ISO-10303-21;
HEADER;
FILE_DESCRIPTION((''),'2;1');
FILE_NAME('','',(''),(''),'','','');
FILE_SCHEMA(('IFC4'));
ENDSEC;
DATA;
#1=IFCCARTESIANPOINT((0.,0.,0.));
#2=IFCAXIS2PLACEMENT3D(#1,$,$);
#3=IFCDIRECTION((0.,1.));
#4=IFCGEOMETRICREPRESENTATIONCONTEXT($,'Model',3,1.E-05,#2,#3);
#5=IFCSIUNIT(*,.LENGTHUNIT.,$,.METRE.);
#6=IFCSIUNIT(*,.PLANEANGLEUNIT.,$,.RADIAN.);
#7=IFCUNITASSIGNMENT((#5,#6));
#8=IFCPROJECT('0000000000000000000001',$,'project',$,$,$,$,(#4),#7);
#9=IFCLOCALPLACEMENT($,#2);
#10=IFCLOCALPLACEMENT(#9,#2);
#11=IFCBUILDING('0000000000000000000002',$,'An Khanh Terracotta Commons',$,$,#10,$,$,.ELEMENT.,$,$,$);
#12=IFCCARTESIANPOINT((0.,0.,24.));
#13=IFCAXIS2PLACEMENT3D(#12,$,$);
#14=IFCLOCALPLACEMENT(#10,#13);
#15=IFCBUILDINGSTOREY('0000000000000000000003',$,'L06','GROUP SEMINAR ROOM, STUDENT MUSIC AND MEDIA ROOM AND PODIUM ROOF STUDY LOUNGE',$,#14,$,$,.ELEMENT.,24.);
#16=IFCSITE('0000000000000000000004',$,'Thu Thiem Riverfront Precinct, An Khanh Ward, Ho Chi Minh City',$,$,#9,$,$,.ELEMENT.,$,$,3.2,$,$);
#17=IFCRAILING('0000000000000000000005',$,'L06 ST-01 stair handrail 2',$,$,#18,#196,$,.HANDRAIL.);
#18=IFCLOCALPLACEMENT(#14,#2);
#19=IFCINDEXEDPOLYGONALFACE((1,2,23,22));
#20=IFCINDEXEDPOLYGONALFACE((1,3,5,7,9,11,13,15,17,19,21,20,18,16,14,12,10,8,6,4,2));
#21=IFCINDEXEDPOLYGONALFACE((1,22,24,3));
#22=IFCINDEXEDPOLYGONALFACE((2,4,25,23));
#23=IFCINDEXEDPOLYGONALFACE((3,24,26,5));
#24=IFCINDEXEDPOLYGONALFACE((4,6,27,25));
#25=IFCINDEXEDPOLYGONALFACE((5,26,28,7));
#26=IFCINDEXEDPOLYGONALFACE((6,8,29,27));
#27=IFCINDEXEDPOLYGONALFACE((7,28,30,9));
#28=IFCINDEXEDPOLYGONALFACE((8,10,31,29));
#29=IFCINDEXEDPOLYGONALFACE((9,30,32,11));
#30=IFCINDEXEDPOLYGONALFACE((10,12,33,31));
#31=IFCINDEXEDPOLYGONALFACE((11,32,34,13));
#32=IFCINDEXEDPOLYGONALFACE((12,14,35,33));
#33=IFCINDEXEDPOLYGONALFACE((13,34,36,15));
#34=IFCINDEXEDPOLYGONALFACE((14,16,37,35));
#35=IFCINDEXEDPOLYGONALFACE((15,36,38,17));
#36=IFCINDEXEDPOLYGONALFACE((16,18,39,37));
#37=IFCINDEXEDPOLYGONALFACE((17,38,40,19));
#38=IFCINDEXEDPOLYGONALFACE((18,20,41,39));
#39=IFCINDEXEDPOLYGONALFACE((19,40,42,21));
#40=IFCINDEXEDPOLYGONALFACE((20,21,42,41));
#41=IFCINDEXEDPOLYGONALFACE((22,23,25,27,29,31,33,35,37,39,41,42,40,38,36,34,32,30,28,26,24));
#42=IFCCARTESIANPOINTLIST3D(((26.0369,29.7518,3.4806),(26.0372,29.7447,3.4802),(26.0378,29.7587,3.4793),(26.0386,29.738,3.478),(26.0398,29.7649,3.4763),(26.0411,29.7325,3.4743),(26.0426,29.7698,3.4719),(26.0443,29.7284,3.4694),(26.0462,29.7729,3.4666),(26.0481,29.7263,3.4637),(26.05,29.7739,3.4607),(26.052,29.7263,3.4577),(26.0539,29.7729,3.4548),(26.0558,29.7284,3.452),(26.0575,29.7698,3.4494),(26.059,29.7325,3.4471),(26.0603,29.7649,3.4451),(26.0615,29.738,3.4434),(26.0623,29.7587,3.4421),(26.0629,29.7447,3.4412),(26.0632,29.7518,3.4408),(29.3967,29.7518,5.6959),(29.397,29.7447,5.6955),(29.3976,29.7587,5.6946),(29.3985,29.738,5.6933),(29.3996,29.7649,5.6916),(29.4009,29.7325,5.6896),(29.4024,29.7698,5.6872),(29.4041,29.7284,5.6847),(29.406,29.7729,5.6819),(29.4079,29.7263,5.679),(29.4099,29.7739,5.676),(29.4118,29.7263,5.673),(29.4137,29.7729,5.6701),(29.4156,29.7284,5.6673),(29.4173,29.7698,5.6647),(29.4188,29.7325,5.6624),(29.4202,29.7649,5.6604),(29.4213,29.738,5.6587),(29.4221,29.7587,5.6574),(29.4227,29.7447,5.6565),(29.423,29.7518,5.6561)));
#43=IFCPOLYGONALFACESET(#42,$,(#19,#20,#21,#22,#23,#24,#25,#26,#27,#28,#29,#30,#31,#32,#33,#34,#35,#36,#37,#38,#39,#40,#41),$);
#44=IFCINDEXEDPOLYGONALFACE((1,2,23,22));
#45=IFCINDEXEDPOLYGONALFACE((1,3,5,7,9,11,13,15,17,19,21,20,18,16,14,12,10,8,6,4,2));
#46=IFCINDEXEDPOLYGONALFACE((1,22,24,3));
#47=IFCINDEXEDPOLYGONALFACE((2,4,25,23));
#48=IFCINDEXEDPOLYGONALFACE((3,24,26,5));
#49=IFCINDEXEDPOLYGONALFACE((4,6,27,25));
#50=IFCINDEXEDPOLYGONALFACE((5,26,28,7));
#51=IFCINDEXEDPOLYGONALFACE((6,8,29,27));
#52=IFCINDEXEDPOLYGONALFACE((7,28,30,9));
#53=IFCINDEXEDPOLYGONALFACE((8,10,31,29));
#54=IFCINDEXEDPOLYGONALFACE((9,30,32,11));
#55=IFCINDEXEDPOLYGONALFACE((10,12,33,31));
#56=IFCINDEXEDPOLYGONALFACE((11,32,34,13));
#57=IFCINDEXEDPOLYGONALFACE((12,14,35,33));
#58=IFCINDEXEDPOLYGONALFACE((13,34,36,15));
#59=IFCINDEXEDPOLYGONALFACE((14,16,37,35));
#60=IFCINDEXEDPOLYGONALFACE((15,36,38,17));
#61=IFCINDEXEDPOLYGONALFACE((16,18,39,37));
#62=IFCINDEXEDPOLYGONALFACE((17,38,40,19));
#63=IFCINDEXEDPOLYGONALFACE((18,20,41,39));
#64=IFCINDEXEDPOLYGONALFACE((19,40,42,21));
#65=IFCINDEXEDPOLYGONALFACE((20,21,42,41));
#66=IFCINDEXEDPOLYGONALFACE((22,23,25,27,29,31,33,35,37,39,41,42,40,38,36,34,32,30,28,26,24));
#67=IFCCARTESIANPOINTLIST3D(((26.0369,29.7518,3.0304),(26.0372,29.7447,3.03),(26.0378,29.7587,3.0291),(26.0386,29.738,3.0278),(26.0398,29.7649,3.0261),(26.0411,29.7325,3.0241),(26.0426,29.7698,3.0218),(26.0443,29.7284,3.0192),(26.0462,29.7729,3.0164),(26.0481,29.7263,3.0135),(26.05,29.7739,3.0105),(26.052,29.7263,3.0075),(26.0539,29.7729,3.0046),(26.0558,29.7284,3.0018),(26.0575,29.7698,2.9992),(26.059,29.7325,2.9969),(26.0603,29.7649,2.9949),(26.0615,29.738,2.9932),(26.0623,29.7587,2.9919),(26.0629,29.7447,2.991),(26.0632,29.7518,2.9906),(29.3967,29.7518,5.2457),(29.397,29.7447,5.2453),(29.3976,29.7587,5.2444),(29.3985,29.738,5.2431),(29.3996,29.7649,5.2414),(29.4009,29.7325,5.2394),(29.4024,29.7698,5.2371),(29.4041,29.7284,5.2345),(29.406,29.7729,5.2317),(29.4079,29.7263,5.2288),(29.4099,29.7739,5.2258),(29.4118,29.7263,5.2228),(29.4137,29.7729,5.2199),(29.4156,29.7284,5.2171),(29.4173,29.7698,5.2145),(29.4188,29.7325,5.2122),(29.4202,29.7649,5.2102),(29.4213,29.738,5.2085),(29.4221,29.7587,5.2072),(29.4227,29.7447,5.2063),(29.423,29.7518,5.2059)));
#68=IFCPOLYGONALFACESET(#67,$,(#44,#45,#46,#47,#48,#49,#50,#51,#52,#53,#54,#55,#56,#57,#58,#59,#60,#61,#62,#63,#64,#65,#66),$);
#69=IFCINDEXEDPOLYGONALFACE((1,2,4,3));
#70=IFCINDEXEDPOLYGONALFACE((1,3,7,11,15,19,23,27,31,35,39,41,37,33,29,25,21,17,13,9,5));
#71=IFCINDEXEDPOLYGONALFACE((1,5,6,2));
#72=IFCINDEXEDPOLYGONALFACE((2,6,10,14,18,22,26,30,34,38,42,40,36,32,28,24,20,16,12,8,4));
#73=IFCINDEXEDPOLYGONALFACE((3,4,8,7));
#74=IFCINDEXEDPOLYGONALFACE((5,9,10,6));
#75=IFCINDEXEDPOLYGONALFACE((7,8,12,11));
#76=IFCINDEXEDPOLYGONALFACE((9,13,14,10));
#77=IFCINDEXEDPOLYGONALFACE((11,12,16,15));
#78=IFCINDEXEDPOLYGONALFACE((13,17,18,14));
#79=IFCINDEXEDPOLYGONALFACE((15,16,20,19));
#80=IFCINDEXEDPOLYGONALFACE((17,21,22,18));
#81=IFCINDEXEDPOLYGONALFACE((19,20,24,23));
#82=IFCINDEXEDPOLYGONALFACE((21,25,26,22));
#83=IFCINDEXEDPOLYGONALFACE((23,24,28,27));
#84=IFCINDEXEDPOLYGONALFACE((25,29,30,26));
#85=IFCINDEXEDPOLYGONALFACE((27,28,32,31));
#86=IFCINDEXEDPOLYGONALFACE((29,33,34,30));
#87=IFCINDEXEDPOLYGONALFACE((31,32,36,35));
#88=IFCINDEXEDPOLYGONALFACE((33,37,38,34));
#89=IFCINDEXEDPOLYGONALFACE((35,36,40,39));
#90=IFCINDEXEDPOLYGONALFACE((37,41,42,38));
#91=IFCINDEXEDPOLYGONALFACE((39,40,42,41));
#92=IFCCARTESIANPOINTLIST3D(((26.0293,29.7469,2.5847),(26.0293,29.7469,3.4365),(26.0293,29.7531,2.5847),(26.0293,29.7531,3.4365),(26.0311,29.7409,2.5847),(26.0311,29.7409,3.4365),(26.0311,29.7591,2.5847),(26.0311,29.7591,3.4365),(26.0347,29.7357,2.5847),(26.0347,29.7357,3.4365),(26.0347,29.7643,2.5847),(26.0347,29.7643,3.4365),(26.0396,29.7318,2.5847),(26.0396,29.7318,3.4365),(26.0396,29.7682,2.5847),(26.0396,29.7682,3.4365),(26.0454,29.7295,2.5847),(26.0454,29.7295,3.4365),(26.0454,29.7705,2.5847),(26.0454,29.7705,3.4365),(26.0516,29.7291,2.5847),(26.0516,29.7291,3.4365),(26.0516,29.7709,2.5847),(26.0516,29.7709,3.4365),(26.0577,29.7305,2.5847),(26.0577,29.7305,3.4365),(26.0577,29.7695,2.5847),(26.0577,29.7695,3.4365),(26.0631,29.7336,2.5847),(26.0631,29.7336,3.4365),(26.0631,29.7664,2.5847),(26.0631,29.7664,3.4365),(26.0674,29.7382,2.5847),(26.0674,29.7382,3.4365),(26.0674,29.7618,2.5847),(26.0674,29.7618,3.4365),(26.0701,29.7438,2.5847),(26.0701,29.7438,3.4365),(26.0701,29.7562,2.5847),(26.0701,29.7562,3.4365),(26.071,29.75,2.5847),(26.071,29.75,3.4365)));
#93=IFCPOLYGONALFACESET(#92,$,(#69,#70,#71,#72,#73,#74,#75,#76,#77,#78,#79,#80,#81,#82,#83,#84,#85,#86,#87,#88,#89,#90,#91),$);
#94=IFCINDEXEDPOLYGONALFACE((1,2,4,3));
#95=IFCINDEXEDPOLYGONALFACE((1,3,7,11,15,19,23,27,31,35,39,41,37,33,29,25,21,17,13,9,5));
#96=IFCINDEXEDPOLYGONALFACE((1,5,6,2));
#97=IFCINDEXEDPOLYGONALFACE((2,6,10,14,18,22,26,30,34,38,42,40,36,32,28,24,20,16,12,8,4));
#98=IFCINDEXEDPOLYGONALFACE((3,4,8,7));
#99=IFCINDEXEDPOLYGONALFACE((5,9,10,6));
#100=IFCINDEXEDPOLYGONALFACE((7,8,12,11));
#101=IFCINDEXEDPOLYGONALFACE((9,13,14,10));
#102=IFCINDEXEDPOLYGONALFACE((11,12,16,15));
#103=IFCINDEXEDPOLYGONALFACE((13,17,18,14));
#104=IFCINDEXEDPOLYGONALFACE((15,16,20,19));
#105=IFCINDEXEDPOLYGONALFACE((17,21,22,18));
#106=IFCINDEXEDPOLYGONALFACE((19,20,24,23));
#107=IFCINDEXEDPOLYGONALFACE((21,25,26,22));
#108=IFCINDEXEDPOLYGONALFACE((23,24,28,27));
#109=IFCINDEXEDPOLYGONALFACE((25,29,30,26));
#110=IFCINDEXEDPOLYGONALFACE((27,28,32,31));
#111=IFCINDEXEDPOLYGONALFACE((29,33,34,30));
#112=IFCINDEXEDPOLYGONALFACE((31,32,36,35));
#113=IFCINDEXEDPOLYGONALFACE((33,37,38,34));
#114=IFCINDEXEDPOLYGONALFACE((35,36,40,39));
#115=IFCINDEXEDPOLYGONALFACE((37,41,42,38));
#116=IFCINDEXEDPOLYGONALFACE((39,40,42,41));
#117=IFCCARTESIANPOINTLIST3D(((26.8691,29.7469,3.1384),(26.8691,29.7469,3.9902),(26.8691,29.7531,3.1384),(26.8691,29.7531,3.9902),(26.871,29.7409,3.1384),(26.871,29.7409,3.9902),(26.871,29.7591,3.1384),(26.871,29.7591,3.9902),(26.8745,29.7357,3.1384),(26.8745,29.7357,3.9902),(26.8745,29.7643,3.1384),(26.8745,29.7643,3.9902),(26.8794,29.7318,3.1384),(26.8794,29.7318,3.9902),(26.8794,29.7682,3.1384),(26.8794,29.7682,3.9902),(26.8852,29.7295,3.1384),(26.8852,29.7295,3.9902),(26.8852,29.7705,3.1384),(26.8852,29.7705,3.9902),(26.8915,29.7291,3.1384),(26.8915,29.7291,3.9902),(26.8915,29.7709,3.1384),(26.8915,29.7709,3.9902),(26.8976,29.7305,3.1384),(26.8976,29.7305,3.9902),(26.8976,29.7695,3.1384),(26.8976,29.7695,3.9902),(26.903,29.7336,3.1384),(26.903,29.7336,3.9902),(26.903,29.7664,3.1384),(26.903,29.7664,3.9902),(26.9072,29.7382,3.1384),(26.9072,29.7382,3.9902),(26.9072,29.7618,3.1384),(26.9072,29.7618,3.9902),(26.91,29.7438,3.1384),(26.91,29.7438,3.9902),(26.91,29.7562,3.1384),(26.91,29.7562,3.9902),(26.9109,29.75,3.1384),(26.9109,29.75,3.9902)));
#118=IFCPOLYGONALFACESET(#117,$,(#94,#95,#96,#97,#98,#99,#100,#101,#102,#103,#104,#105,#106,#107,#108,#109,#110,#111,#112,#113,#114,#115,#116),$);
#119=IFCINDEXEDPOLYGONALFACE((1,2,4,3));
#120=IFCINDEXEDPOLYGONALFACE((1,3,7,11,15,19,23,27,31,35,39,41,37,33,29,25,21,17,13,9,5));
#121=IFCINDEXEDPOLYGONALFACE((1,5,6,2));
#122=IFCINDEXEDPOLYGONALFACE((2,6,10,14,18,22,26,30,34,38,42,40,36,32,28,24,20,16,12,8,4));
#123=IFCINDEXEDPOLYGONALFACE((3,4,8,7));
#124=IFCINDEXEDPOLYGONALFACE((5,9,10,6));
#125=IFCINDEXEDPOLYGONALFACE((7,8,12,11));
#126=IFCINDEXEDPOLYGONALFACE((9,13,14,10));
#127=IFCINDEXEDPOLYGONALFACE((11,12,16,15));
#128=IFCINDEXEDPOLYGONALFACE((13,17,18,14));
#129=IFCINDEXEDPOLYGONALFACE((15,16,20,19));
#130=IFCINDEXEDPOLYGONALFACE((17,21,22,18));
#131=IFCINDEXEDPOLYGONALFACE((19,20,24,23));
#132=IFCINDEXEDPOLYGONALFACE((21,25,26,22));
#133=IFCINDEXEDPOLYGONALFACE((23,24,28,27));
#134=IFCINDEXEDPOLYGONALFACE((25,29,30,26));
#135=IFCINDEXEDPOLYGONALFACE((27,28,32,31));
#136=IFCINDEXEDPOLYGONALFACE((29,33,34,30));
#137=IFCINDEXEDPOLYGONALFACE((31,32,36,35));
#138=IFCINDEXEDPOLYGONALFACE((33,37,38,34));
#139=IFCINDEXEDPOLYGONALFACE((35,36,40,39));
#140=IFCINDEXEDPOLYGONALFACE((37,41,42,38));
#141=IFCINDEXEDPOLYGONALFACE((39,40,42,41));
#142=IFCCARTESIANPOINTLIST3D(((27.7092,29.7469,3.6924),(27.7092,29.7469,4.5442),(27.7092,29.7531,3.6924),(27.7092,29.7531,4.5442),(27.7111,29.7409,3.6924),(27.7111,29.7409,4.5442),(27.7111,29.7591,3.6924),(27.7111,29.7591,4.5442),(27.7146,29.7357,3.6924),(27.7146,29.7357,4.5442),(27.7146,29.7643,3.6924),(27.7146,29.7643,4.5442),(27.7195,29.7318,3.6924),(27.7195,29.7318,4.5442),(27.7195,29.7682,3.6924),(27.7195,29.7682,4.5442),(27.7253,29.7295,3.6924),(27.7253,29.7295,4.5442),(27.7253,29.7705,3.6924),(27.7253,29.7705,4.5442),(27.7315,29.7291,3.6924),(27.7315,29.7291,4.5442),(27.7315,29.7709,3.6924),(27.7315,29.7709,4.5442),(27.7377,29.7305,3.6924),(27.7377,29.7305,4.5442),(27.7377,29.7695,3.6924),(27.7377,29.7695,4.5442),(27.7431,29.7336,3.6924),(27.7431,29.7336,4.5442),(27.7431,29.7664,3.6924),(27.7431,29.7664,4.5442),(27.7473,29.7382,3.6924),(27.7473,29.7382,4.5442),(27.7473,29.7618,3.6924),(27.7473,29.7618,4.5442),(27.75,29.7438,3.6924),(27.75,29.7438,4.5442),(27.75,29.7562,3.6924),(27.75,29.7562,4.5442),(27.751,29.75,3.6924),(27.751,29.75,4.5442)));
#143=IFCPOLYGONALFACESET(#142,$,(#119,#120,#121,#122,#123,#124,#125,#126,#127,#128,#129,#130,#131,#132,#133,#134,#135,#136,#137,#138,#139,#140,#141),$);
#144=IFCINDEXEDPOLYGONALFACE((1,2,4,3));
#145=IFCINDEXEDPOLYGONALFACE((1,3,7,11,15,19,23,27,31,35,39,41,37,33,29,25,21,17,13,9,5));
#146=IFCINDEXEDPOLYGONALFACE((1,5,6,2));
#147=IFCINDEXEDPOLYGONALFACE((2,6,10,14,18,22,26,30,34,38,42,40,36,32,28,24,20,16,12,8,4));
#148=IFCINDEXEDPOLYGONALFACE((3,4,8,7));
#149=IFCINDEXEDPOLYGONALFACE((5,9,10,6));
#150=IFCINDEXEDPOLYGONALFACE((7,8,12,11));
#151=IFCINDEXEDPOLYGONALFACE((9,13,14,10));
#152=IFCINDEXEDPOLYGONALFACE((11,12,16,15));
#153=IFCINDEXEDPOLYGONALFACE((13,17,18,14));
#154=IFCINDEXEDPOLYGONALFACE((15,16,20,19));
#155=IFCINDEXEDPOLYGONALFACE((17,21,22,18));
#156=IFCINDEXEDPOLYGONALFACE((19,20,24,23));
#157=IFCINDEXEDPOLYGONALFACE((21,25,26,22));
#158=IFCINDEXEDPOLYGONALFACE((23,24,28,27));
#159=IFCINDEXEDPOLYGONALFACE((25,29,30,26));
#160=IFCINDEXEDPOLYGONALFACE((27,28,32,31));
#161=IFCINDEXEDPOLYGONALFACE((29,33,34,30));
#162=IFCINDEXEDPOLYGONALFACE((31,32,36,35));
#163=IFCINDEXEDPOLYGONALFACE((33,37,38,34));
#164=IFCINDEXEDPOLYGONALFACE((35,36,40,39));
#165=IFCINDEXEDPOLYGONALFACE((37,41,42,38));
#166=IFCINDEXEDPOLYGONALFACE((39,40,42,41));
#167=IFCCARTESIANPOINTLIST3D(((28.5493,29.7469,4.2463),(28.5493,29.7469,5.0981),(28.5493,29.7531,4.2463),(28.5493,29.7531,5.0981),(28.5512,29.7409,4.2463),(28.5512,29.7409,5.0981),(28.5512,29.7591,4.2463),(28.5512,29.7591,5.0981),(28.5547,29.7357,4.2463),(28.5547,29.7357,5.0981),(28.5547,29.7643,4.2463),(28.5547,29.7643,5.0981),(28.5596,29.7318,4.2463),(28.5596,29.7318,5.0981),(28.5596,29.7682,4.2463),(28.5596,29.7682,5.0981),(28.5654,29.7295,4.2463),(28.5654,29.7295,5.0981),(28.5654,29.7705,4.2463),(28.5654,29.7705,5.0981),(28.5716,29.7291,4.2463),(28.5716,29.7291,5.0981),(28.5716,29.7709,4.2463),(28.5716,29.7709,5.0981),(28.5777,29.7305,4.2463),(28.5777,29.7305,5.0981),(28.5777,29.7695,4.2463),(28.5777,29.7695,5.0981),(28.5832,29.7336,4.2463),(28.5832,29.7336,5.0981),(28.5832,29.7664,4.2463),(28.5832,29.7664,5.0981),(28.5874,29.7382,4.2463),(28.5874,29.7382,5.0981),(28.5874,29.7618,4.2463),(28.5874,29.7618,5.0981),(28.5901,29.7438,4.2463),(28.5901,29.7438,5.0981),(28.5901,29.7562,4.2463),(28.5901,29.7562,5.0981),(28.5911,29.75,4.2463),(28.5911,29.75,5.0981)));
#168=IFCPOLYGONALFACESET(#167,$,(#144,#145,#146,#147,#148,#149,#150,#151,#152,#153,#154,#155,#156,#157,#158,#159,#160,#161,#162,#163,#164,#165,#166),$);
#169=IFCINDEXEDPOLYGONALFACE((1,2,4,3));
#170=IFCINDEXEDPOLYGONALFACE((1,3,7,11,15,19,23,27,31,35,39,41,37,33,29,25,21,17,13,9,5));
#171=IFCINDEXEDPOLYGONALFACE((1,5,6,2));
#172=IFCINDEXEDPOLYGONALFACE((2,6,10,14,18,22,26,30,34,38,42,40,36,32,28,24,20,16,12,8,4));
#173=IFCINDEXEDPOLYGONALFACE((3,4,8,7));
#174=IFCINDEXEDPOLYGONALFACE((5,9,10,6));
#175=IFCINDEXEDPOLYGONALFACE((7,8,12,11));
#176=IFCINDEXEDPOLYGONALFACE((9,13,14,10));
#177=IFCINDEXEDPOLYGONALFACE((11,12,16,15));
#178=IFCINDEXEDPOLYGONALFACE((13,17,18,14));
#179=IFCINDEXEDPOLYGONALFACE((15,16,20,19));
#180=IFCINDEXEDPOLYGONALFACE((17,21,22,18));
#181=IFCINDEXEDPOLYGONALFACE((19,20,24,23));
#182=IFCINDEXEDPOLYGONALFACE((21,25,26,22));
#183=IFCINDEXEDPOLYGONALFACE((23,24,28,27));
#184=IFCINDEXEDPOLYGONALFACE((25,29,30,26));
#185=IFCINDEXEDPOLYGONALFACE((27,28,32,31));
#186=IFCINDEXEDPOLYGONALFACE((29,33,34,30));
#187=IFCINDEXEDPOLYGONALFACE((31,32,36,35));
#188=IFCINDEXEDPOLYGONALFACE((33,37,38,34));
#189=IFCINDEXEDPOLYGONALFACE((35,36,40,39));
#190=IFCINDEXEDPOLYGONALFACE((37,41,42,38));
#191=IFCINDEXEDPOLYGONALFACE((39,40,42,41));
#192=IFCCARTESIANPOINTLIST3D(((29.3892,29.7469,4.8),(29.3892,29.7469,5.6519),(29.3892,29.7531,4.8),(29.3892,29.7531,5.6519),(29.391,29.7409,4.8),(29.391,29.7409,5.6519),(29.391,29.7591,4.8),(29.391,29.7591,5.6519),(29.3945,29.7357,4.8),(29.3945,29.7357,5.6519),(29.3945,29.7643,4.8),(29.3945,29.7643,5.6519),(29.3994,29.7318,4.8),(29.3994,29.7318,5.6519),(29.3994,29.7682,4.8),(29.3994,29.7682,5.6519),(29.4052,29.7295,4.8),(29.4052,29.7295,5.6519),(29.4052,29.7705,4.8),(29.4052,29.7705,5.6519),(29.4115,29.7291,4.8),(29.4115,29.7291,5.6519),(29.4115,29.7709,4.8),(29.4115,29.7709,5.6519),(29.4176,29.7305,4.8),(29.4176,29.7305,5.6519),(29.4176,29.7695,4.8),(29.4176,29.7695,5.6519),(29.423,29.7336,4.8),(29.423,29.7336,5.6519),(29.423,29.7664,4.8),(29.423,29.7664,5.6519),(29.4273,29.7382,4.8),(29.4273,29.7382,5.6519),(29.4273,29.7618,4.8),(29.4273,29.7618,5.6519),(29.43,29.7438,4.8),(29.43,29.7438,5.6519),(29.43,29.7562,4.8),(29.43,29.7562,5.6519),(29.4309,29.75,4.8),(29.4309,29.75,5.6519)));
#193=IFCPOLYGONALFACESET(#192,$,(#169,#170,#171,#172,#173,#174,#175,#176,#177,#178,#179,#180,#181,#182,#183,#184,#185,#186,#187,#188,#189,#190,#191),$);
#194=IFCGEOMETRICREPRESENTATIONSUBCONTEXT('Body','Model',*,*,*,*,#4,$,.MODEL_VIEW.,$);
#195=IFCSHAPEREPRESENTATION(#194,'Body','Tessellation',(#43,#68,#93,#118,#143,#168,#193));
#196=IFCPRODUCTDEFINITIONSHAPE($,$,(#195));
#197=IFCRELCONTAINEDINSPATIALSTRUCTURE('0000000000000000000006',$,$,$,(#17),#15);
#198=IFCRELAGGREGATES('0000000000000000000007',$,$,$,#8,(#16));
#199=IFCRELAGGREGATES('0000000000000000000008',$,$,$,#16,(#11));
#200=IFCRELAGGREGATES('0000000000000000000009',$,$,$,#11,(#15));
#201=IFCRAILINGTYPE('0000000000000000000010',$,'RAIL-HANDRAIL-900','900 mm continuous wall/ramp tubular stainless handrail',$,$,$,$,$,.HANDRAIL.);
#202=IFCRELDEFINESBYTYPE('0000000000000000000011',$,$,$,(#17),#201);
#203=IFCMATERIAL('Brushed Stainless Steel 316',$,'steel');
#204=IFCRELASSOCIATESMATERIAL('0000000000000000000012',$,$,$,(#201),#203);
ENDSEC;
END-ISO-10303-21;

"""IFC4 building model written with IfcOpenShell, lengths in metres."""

from ifc_helpers import new_model, si_unit, direction, frame, origin, origin_2d, place, context, subcontext, project, spatial, circle, extrude, material, type_object, element, save


model = new_model("IFC4")

# Units and contexts
model_context = context("Model", 3, precision=1e-05, world=origin(), true_north=direction((0.0, 1.0)))
body_context = subcontext(model_context, "Body", "Model", "MODEL_VIEW")
ifc_project = project(units=[si_unit("LENGTHUNIT", "METRE"), si_unit("PLANEANGLEUNIT", "RADIAN")], contexts=[model_context])

# Site, building, storey
site_placement = place(None, origin())
site = spatial("IfcSite", under=ifc_project, at=site_placement, Name="Thu Thiem Riverfront Precinct, An Khanh Ward, Ho Chi Minh City", CompositionType="ELEMENT", RefElevation=3.2)
building_placement = place(site_placement, origin())
building = spatial("IfcBuilding", under=site, at=building_placement, Name="An Khanh Terracotta Commons", CompositionType="ELEMENT")
storey_placement = place(building_placement, frame((0.0, 0.0, 24.0)))
storey = spatial("IfcBuildingStorey", under=building, at=storey_placement, Name="L06", Description="GROUP SEMINAR ROOM, STUDENT MUSIC AND MEDIA ROOM AND PODIUM ROOF STUDY LOUNGE", CompositionType="ELEMENT", Elevation=24.0)

# Railing
ifc_material_1 = material(Name="Brushed Stainless Steel 316", Category="steel")
railing_type_1 = type_object("IfcRailingType", Name="RAIL-HANDRAIL-900", Description="900 mm continuous wall/ramp tubular stainless handrail", PredefinedType="HANDRAIL", material=ifc_material_1)
railing_1_placement = place(storey_placement, frame((26.05, 29.75, 2.5847)))
element("IfcRailing", 1, at=railing_1_placement, inside=storey, type_object=railing_type_1, Name="L06 ST-01 stair handrail 2", PredefinedType="HANDRAIL", context=body_context, shape_type="SweptSolid", body=[
    extrude(circle(Radius=0.0239, at=origin_2d()), frame((0.0, 0.0, 0.876), z_axis=(0.834858, 0.0, 0.550465), x_axis=(0.0, 1.0, 0.0)), (0.0, 0.0, 1.0), 4.0244),
    extrude(circle(Radius=0.0239, at=origin_2d()), frame((0.0, 0.0, 0.4258), z_axis=(0.834858, 0.0, 0.550465), x_axis=(0.0, 1.0, 0.0)), (0.0, 0.0, 1.0), 4.0244),
    extrude(circle(Radius=0.021, at=origin_2d()), origin(), (0.0, 0.0, 1.0), 0.8518),
    extrude(circle(Radius=0.021, at=origin_2d()), frame((0.8398, 0.0, 0.5537)), (0.0, 0.0, 1.0), 0.8518),
    extrude(circle(Radius=0.021, at=origin_2d()), frame((1.6799, 0.0, 1.1077)), (0.0, 0.0, 1.0), 0.8518),
    extrude(circle(Radius=0.021, at=origin_2d()), frame((2.52, 0.0, 1.6616)), (0.0, 0.0, 1.0), 0.8518),
    extrude(circle(Radius=0.021, at=origin_2d()), frame((3.3599, 0.0, 2.2153)), (0.0, 0.0, 1.0), 0.8518),
])

save(model, "model.ifc")
